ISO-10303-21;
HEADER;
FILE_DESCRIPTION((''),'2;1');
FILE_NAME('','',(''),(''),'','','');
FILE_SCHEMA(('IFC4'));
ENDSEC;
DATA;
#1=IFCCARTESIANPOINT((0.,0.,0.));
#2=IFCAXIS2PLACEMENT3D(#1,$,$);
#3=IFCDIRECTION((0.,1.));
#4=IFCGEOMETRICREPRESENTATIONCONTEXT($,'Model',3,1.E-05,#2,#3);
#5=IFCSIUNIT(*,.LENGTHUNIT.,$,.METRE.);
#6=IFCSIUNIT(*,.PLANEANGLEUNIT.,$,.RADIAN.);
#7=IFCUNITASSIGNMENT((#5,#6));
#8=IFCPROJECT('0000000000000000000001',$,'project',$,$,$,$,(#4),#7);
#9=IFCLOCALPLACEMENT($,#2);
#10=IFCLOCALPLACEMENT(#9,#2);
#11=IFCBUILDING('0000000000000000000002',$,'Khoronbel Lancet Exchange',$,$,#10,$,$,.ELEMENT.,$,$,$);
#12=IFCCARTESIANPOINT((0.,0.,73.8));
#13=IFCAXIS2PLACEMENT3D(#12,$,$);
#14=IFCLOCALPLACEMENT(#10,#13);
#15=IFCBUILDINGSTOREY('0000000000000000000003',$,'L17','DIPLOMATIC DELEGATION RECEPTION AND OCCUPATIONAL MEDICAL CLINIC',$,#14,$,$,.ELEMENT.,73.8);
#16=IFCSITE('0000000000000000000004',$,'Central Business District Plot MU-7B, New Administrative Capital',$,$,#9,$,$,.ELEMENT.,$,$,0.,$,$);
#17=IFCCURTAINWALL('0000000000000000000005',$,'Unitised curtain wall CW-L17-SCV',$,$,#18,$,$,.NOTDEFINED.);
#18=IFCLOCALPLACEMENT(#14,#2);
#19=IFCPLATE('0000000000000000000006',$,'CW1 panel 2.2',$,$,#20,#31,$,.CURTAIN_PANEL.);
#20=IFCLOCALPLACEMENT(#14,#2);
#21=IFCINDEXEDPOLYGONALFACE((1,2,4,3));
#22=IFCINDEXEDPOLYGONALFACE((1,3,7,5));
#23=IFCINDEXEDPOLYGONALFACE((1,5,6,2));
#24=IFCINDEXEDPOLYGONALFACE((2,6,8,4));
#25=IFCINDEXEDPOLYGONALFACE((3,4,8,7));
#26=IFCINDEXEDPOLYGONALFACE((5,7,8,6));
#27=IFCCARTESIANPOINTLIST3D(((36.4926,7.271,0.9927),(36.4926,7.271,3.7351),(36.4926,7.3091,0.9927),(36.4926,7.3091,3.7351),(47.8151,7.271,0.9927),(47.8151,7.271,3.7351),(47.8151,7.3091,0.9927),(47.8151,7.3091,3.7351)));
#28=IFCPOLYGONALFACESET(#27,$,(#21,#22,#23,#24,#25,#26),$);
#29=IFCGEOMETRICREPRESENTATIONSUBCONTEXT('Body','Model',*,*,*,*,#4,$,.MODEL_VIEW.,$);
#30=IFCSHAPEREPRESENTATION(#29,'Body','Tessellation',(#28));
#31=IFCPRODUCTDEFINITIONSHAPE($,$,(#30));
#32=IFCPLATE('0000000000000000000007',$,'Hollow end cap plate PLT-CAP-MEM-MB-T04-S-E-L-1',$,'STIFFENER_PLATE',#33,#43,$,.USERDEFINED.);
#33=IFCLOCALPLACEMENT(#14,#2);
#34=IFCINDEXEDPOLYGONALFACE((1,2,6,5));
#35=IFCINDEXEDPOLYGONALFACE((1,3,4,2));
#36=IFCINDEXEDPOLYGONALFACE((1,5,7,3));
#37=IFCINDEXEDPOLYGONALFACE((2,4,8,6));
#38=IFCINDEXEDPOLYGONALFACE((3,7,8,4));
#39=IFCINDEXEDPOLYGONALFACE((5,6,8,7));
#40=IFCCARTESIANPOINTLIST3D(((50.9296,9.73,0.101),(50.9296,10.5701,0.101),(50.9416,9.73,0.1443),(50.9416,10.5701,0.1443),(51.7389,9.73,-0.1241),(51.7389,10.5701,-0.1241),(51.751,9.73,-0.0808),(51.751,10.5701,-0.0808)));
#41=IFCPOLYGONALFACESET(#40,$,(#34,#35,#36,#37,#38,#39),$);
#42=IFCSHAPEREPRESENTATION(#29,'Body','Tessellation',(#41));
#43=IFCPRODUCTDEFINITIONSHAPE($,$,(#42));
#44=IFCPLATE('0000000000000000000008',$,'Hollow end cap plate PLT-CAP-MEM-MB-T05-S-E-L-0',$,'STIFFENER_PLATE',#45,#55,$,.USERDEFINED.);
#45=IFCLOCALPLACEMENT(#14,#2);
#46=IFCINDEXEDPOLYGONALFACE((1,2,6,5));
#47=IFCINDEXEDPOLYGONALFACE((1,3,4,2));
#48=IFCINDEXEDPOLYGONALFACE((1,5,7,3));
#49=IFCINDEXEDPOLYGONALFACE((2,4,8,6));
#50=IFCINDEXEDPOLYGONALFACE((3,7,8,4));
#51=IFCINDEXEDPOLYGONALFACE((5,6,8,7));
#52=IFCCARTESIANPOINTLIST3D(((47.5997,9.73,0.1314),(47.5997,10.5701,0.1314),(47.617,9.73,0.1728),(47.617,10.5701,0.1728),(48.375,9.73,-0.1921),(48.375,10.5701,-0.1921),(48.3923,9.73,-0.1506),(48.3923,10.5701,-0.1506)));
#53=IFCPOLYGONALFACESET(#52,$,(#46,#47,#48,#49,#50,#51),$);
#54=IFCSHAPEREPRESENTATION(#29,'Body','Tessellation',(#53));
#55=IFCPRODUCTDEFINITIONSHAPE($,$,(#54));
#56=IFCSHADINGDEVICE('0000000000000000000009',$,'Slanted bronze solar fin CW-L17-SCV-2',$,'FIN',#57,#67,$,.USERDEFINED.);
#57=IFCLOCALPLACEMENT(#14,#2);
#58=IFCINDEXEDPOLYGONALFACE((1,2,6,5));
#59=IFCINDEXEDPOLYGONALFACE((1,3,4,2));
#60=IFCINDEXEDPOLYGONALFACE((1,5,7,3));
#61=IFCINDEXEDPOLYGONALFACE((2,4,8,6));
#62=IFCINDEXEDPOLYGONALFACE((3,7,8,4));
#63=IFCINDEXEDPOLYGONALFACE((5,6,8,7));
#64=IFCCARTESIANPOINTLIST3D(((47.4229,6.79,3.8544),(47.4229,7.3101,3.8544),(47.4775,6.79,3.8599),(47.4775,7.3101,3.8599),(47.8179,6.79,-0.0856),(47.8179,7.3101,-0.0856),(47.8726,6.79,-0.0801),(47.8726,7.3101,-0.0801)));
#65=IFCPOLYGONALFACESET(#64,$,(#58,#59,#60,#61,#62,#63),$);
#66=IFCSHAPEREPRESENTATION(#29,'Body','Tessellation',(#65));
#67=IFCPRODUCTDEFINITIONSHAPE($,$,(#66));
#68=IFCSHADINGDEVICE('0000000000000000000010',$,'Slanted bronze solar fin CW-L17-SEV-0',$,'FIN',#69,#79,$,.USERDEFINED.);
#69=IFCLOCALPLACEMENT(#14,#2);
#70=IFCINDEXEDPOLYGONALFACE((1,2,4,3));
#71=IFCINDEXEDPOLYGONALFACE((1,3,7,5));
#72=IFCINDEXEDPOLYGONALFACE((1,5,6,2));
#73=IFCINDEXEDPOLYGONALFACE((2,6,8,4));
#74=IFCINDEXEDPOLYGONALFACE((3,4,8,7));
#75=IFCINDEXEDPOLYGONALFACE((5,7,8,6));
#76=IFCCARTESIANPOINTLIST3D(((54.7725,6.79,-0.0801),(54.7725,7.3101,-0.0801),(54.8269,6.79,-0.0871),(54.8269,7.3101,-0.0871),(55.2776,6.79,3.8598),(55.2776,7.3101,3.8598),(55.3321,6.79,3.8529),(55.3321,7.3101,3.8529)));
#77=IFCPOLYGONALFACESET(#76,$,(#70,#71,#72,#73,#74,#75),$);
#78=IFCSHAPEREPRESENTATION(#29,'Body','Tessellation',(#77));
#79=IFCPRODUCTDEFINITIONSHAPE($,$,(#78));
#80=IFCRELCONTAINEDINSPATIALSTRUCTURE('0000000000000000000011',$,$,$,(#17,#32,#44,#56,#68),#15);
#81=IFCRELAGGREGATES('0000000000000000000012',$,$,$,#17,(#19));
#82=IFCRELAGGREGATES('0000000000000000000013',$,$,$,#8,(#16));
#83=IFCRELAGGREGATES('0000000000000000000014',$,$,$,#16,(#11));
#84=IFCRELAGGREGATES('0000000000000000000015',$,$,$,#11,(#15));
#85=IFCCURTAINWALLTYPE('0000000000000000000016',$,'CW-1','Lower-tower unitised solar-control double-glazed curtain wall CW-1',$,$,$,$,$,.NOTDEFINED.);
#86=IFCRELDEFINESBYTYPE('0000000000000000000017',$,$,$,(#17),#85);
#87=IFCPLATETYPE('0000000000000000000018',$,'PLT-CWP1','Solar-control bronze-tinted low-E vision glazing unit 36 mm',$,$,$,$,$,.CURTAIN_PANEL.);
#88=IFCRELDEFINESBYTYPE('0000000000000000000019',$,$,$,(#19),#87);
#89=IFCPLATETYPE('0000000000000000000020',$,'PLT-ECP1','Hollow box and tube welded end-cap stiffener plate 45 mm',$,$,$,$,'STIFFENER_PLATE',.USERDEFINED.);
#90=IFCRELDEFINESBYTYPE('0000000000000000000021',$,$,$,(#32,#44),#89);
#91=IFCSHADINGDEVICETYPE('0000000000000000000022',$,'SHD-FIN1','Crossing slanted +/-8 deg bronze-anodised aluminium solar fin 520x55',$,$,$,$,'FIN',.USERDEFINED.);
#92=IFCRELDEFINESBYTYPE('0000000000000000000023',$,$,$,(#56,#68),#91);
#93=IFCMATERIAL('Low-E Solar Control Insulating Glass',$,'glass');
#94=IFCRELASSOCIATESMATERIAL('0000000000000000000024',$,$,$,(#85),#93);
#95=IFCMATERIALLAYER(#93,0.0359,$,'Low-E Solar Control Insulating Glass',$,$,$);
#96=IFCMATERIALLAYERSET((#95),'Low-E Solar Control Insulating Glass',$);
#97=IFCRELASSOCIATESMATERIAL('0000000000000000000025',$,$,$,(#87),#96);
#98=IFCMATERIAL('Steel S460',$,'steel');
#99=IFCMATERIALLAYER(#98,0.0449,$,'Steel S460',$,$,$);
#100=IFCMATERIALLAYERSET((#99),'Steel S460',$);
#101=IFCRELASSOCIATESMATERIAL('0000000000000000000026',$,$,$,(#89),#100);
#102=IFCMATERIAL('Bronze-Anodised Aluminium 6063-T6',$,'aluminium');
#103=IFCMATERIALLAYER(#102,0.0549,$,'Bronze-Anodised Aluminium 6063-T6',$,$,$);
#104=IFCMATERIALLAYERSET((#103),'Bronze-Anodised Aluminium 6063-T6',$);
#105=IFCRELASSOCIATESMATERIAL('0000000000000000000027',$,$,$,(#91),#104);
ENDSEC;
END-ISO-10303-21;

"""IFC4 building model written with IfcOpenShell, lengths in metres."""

from ifc_helpers import new_model, si_unit, direction, frame, origin, origin_2d, place, context, subcontext, project, spatial, polyline, rectangle, outline, extrude, material, layer, layer_set, type_object, element, aggregate, save


model = new_model("IFC4")

# Units and contexts
model_context = context("Model", 3, precision=1e-05, world=origin(), true_north=direction((0.0, 1.0)))
body_context = subcontext(model_context, "Body", "Model", "MODEL_VIEW")
ifc_project = project(units=[si_unit("LENGTHUNIT", "METRE"), si_unit("PLANEANGLEUNIT", "RADIAN")], contexts=[model_context])

# Site, building, storey
site_placement = place(None, origin())
site = spatial("IfcSite", under=ifc_project, at=site_placement, Name="Central Business District Plot MU-7B, New Administrative Capital", CompositionType="ELEMENT", RefElevation=0.0)
building_placement = place(site_placement, origin())
building = spatial("IfcBuilding", under=site, at=building_placement, Name="Khoronbel Lancet Exchange", CompositionType="ELEMENT")
storey_placement = place(building_placement, frame((0.0, 0.0, 73.8)))
storey = spatial("IfcBuildingStorey", under=building, at=storey_placement, Name="L17", Description="DIPLOMATIC DELEGATION RECEPTION AND OCCUPATIONAL MEDICAL CLINIC", CompositionType="ELEMENT", Elevation=73.8)

# Shared definitions
ifc_material_1 = material(Name="Steel S460", Category="steel")

# Curtain wall
ifc_material_2 = material(Name="Low-E Solar Control Insulating Glass", Category="glass")
curtain_wall_type = type_object("IfcCurtainWallType", Name="CW-1", Description="Lower-tower unitised solar-control double-glazed curtain wall CW-1", PredefinedType="NOTDEFINED", material=ifc_material_2)
curtain_wall_1_placement = place(storey_placement, origin())
curtain_wall_1 = element("IfcCurtainWall", 1, at=curtain_wall_1_placement, inside=storey, type_object=curtain_wall_type, Name="Unitised curtain wall CW-L17-SCV", PredefinedType="NOTDEFINED")
ifc_material_3 = material(Name="Bronze-Anodised Aluminium 6063-T6", Category="aluminium")

# Plate
ifc_layer_1 = layer(ifc_material_2, 0.0359, Name="Low-E Solar Control Insulating Glass")
ifc_layer_set_1 = layer_set([ifc_layer_1], Name="Low-E Solar Control Insulating Glass")
plate_type_1 = type_object("IfcPlateType", Name="PLT-CWP1", Description="Solar-control bronze-tinted low-E vision glazing unit 36 mm", PredefinedType="CURTAIN_PANEL", material=ifc_layer_set_1)
plate_1_placement = place(storey_placement, frame((42.1538, 7.29, 0.9927), z_axis=(0.0, 0.0, 1.0), x_axis=(1.0, 0.0, 0.0)))
plate_1 = element("IfcPlate", 2, at=plate_1_placement, type_object=plate_type_1, Name="CW1 panel 2.2", PredefinedType="CURTAIN_PANEL", context=body_context, shape_type="SweptSolid", body=[
    extrude(rectangle(XDim=11.3225, YDim=0.0381, at=origin_2d()), origin(), (0.0, 0.0, 1.0), 2.7424),
])
aggregate(curtain_wall_1, [plate_1])

# Plates
ifc_layer_2 = layer(ifc_material_1, 0.0449, Name="Steel S460")
ifc_layer_set_2 = layer_set([ifc_layer_2], Name="Steel S460")
plate_type_2 = type_object("IfcPlateType", Name="PLT-ECP1", Description="Hollow box and tube welded end-cap stiffener plate 45 mm", ElementType="STIFFENER_PLATE", PredefinedType="USERDEFINED", material=ifc_layer_set_2)
for number, where, z_axis, x_axis, name in (
    (3, (51.751, 9.73, -0.0808), (0.267959, 0.0, 0.96343), (0.0, 1.0, 0.0), "Hollow end cap plate PLT-CAP-MEM-MB-T04-S-E-L-1"),
    (4, (48.3923, 9.73, -0.1506), (0.385028, 0.0, 0.922905), (0.0, 1.0, 0.0), "Hollow end cap plate PLT-CAP-MEM-MB-T05-S-E-L-0"),
):
    element("IfcPlate", number, at=place(storey_placement, frame(where, z_axis=z_axis, x_axis=x_axis)), inside=storey, type_object=plate_type_2, Name=name, ObjectType="STIFFENER_PLATE", PredefinedType="USERDEFINED", context=body_context, shape_type="SweptSolid", body=[
        extrude(outline(polyline([(0.0, 0.0), (0.8401, 0.0), (0.8401, 0.8401), (0.0, 0.8401), (0.0, 0.0)])), origin(), (0.0, 0.0, -1.0), 0.0449),
    ])

# Shading devices
ifc_layer_3 = layer(ifc_material_3, 0.0549, Name="Bronze-Anodised Aluminium 6063-T6")
ifc_layer_set_3 = layer_set([ifc_layer_3], Name="Bronze-Anodised Aluminium 6063-T6")
shading_device_type = type_object("IfcShadingDeviceType", Name="SHD-FIN1", Description="Crossing slanted +/-8 deg bronze-anodised aluminium solar fin 520x55", ElementType="FIN", PredefinedType="USERDEFINED", material=ifc_layer_set_3)
shading_device_1_placement = place(storey_placement, frame((47.8726, 7.3101, -0.0801), z_axis=(0.995012, 0.0, 0.09976), x_axis=(0.0, -1.0, 0.0)))
element("IfcShadingDevice", 5, at=shading_device_1_placement, inside=storey, type_object=shading_device_type, Name="Slanted bronze solar fin CW-L17-SCV-2", ObjectType="FIN", PredefinedType="USERDEFINED", context=body_context, shape_type="SweptSolid", body=[
    extrude(outline(polyline([(0.0, 0.0), (0.52, 0.0), (0.52, -3.9597), (0.0, -3.9597), (0.0, 0.0)])), origin(), (0.0, 0.0, -1.0), 0.0549),
])
shading_device_2_placement = place(storey_placement, frame((54.7725, 7.3101, -0.0801), z_axis=(-0.991881, 0.0, 0.127166), x_axis=(0.0, -1.0, 0.0)))
element("IfcShadingDevice", 6, at=shading_device_2_placement, inside=storey, type_object=shading_device_type, Name="Slanted bronze solar fin CW-L17-SEV-0", ObjectType="FIN", PredefinedType="USERDEFINED", context=body_context, shape_type="SweptSolid", body=[
    extrude(outline(polyline([(0.0, 0.0), (0.52, 0.0), (0.52, 3.9722), (0.0, 3.9722), (0.0, 0.0)])), origin(), (0.0, 0.0, -1.0), 0.0549),
])

save(model, "model.ifc")
